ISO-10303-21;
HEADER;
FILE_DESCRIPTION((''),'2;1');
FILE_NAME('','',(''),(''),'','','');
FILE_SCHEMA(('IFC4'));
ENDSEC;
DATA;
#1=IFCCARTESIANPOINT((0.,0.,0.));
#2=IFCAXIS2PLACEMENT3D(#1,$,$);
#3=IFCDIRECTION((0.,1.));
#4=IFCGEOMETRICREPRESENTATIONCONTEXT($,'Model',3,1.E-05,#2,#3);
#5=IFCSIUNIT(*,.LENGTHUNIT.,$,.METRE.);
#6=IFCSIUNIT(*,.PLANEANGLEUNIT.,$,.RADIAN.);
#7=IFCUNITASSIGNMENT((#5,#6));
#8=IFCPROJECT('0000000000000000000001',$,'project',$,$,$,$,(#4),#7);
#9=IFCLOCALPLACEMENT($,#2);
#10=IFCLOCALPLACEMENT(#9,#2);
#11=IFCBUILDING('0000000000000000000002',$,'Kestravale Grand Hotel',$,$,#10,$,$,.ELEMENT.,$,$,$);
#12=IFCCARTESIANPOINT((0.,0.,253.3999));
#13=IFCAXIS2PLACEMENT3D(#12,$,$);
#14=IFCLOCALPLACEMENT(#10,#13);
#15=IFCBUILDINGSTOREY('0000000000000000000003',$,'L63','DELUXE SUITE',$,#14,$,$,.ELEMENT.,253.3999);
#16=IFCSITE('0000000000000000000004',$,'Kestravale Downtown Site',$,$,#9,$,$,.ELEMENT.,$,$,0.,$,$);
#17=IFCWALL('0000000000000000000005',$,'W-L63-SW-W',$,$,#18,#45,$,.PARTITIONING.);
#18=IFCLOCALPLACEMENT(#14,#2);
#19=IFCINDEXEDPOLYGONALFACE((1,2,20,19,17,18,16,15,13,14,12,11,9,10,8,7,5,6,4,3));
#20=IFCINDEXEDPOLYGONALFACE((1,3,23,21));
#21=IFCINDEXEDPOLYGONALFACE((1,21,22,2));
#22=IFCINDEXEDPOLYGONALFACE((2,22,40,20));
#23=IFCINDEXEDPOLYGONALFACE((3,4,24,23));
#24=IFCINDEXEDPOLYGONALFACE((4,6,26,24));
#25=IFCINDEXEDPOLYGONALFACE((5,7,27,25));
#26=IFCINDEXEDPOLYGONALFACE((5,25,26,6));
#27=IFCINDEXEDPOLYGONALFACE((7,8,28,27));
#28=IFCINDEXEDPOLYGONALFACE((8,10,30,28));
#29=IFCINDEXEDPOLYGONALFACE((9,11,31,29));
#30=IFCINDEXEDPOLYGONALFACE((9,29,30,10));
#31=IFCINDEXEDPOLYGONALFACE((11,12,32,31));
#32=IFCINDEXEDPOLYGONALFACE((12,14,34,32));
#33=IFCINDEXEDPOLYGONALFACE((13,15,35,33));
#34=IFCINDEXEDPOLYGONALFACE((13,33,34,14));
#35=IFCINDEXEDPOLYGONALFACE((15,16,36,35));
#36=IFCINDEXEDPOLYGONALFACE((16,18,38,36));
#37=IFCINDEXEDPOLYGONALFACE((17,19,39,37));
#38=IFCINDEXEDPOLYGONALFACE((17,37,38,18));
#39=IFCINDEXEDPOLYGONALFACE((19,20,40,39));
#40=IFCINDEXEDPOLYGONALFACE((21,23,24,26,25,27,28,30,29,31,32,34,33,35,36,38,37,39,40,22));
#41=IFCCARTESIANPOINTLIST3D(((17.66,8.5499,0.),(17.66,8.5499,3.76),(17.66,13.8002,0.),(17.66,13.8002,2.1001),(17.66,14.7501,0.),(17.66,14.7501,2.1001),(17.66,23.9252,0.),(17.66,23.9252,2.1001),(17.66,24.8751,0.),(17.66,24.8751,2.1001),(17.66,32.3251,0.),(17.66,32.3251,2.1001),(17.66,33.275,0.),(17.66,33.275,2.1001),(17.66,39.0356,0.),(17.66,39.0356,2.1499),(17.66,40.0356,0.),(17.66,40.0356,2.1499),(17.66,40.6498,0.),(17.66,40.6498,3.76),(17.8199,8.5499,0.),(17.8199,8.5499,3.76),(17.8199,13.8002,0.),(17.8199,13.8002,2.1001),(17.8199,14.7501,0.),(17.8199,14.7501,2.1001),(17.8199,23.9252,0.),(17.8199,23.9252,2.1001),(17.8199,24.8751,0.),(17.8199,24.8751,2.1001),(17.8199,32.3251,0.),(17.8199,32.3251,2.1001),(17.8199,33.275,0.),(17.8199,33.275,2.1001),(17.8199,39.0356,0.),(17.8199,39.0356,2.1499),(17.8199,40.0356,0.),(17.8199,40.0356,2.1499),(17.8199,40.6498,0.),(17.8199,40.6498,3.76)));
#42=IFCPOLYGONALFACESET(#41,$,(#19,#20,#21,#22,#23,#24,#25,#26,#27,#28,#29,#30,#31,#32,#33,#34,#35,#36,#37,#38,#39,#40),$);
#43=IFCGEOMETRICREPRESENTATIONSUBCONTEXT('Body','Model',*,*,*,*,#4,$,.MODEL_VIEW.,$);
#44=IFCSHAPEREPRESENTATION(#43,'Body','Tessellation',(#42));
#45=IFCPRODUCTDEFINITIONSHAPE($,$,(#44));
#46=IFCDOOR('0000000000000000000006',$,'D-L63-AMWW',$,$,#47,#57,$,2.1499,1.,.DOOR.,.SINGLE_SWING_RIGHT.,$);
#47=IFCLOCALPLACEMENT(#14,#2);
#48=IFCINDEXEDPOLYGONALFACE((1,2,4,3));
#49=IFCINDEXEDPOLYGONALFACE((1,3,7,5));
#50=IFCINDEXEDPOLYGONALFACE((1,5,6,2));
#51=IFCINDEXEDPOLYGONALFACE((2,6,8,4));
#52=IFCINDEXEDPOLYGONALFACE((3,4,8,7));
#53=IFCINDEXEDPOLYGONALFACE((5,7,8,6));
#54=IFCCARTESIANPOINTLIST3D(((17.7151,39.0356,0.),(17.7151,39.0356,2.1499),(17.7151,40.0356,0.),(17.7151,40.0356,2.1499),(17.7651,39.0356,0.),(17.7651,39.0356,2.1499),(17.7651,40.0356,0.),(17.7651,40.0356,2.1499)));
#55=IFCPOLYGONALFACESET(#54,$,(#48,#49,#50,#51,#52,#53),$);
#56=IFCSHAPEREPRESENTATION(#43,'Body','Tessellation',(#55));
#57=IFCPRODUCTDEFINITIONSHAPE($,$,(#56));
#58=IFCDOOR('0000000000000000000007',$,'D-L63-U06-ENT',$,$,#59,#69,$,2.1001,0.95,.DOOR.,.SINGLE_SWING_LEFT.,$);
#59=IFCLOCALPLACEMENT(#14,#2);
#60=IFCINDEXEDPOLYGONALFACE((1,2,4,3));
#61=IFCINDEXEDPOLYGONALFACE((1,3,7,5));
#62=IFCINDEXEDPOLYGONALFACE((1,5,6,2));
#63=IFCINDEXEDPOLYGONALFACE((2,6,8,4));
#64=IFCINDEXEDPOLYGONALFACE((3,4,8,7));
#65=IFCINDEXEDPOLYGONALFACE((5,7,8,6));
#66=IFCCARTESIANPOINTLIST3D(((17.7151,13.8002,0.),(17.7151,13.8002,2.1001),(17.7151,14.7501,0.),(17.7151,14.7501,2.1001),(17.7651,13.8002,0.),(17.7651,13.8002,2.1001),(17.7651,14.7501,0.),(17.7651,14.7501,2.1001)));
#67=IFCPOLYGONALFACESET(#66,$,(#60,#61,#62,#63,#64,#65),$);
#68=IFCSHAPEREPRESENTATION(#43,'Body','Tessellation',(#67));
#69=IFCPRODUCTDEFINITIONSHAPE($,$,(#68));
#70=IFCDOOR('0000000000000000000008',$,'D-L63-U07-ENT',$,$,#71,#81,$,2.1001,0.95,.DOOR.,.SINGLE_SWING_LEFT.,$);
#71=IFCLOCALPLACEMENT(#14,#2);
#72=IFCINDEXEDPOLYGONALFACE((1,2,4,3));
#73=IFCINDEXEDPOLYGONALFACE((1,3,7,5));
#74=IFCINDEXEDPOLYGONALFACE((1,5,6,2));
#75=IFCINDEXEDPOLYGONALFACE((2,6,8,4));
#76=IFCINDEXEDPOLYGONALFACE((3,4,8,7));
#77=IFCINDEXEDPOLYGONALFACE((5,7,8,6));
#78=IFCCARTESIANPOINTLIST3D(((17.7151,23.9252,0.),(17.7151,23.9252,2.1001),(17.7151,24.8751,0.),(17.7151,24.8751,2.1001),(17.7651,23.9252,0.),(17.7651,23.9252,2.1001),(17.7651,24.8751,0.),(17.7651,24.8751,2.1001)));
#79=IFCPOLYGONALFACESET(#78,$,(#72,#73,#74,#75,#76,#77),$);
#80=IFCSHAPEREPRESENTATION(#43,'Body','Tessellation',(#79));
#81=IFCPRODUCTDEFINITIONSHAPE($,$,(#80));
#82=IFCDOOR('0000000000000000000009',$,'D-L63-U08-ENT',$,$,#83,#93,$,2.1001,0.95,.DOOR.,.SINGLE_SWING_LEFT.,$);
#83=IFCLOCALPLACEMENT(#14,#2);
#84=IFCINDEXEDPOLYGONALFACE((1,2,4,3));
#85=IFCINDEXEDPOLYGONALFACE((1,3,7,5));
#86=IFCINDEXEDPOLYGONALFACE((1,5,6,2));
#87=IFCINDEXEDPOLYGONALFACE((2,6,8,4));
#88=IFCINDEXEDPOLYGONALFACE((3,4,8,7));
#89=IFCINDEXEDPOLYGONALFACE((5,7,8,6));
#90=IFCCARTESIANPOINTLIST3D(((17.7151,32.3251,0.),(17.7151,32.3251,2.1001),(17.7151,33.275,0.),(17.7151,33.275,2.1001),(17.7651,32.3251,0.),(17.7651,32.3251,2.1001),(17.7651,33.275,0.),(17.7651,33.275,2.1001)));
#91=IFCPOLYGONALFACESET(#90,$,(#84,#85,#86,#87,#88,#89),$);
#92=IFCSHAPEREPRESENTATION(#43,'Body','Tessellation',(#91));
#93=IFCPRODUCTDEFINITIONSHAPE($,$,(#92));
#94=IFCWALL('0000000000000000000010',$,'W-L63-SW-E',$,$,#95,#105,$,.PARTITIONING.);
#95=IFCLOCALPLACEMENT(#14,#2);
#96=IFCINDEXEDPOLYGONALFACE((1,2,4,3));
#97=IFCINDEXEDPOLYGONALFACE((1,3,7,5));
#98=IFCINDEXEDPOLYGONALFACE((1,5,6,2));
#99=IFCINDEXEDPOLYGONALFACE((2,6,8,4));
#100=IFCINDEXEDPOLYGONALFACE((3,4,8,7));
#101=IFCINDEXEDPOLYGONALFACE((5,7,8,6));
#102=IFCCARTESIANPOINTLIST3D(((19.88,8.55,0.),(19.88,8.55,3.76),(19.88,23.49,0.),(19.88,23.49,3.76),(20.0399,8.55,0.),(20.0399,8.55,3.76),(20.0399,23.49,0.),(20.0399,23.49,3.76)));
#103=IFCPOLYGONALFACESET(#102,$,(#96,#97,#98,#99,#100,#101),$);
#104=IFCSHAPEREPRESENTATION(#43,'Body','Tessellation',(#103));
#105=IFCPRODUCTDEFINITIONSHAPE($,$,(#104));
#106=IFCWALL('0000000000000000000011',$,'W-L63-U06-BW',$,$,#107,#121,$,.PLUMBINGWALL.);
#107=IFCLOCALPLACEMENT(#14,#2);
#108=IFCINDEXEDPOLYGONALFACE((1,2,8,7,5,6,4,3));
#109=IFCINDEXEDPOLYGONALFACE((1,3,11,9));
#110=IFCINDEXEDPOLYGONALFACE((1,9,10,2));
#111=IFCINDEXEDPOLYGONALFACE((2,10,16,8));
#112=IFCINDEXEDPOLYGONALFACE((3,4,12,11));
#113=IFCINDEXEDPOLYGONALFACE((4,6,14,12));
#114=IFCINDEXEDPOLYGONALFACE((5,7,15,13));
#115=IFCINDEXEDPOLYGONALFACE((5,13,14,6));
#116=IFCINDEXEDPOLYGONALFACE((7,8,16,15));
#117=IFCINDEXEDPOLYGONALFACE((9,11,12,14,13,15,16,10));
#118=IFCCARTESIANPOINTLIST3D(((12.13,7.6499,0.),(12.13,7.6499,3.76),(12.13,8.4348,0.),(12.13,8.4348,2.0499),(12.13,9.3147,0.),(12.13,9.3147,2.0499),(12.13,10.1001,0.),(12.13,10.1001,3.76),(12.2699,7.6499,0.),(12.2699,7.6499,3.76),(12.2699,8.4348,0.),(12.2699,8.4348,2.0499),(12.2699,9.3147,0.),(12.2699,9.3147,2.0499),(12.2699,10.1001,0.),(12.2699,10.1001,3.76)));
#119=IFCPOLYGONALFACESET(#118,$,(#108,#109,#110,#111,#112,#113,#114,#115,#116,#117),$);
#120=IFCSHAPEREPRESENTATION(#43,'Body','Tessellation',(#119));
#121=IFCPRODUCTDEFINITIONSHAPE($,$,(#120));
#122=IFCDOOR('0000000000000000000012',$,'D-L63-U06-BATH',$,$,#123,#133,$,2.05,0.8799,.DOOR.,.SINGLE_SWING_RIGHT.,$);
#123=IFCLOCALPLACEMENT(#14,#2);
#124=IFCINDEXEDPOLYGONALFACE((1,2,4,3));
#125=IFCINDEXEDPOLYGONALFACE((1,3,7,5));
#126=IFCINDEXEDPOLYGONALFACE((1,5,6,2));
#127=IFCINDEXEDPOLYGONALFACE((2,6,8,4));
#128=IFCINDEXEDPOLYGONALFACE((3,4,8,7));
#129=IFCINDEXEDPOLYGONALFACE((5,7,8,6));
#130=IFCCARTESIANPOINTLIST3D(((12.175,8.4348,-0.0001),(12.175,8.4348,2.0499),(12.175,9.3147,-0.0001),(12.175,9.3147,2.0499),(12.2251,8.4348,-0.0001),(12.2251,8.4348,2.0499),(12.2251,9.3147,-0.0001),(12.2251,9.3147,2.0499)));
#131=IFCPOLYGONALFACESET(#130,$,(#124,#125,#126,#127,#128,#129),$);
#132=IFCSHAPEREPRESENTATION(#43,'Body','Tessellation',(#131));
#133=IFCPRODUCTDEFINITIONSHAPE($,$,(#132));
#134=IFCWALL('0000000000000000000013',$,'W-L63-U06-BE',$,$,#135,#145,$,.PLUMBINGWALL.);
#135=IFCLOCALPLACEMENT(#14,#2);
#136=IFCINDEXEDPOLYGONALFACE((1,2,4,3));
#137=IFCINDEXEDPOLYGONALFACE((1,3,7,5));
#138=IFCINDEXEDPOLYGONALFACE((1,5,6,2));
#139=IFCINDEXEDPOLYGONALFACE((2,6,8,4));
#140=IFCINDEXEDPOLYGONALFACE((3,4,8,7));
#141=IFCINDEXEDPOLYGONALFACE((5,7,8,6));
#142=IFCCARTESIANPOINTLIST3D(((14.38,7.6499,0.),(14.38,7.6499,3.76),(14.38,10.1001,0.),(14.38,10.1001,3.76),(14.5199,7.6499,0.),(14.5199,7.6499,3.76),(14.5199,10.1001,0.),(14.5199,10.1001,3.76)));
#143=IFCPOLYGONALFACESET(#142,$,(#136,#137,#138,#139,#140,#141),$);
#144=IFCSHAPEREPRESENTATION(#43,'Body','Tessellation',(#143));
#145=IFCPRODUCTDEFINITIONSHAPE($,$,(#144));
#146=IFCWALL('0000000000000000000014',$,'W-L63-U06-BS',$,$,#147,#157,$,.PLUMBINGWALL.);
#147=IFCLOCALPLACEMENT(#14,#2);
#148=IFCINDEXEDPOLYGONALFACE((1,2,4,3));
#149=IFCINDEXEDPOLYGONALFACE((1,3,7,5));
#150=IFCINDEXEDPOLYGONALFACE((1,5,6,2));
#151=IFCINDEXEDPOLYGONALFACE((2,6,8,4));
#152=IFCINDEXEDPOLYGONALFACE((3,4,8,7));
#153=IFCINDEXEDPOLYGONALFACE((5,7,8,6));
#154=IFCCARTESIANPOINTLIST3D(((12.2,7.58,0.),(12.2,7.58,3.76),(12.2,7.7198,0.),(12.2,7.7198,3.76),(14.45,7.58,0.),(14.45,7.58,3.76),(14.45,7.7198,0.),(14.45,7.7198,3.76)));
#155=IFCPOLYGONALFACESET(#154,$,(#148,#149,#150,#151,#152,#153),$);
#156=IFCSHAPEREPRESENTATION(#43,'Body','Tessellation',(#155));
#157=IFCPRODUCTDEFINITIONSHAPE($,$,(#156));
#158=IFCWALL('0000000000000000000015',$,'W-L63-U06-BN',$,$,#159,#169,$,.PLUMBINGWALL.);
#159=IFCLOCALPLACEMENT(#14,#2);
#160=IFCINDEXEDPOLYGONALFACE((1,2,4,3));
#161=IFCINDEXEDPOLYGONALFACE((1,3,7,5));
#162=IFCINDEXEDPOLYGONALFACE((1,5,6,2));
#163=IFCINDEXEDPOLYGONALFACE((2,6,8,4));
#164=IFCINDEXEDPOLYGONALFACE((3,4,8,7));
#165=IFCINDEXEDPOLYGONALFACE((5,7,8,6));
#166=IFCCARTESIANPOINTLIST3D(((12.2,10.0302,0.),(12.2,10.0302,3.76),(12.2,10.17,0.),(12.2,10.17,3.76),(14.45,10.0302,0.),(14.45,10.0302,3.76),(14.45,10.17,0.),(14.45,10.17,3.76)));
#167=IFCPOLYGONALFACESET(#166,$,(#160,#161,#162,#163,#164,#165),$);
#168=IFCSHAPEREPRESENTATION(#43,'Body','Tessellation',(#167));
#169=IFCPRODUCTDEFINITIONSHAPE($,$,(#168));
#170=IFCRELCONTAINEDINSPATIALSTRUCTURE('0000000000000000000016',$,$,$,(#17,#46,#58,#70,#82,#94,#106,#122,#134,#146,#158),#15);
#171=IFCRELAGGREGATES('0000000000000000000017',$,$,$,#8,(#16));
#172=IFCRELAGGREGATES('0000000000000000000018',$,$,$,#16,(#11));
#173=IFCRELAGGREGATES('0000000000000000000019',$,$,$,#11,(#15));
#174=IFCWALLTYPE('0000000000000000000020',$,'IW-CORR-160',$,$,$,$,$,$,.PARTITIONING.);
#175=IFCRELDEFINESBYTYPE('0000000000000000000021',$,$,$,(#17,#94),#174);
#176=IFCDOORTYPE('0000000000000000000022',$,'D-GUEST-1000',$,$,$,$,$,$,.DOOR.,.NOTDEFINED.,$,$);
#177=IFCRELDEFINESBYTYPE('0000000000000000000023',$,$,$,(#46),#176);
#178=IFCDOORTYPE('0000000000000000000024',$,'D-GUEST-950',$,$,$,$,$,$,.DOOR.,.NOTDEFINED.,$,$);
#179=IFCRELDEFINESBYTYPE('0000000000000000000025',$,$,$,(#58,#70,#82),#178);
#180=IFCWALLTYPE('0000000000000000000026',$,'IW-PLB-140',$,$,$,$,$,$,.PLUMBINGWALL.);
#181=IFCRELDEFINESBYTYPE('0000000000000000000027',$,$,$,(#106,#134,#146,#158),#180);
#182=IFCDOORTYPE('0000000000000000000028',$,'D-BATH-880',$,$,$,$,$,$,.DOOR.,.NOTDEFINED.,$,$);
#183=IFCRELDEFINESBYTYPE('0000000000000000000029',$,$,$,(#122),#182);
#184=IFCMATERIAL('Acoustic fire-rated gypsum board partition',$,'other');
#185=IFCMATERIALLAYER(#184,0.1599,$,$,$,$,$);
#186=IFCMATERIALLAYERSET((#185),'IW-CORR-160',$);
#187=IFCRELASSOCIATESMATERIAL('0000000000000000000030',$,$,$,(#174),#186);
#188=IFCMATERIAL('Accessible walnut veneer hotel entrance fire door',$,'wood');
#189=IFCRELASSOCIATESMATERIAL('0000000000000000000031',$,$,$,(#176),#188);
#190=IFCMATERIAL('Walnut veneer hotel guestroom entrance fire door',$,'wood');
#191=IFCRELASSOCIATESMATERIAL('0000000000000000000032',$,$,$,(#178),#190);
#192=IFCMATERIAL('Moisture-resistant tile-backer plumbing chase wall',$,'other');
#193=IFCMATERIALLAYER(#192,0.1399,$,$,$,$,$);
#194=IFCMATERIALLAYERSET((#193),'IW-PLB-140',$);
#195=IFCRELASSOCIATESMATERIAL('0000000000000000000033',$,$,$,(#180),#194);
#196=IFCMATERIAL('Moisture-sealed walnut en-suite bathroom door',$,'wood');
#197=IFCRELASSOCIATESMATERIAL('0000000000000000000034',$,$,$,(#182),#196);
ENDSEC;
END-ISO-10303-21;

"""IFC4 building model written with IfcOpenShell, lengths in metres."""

from ifc_helpers import new_model, si_unit, direction, frame, frame_2d, origin, place, context, subcontext, project, spatial, rectangle, extrude, material, layer, layer_set, type_object, element, fill, save


model = new_model("IFC4")

# Units and contexts
model_context = context("Model", 3, precision=1e-05, world=origin(), true_north=direction((0.0, 1.0)))
body_context = subcontext(model_context, "Body", "Model", "MODEL_VIEW")
ifc_project = project(units=[si_unit("LENGTHUNIT", "METRE"), si_unit("PLANEANGLEUNIT", "RADIAN")], contexts=[model_context])

# Site, building, storey
site_placement = place(None, origin())
site = spatial("IfcSite", under=ifc_project, at=site_placement, Name="Kestravale Downtown Site", CompositionType="ELEMENT", RefElevation=0.0)
building_placement = place(site_placement, origin())
building = spatial("IfcBuilding", under=site, at=building_placement, Name="Kestravale Grand Hotel", CompositionType="ELEMENT")
storey_placement = place(building_placement, frame((0.0, 0.0, 253.3999)))
storey = spatial("IfcBuildingStorey", under=building, at=storey_placement, Name="L63", Description="DELUXE SUITE", CompositionType="ELEMENT", Elevation=253.3999)

# Wall, openings, doors
ifc_material_1 = material(Name="Acoustic fire-rated gypsum board partition", Category="other")
ifc_layer_1 = layer(ifc_material_1, 0.1599)
ifc_layer_set_1 = layer_set([ifc_layer_1], Name="IW-CORR-160")
wall_type_1 = type_object("IfcWallType", Name="IW-CORR-160", PredefinedType="PARTITIONING", material=ifc_layer_set_1)
wall_1_placement = place(storey_placement, frame((17.74, 8.55, 0.0), z_axis=(0.0, 0.0, 1.0), x_axis=(0.0, 1.0, 0.0)))
wall_1 = element("IfcWall", 1, at=wall_1_placement, inside=storey, type_object=wall_type_1, Name="W-L63-SW-W", PredefinedType="PARTITIONING", context=body_context, shape_type="SweptSolid", body=[
    extrude(rectangle(XDim=32.0999, YDim=0.1599, at=frame_2d((16.0498, 0.0))), origin(), (0.0, 0.0, 1.0), 3.76),
])
opening_1_placement = place(wall_1_placement, frame((5.25, 0.0, 0.0)))
opening_1 = element("IfcOpeningElement", 2, at=opening_1_placement, cuts=wall_1, PredefinedType="OPENING", context=body_context, shape_type="SweptSolid", body=[
    extrude(rectangle(XDim=0.95, YDim=2.1001, at=frame_2d((0.4751, 1.05))), frame((0.0, 0.0898, 0.0), z_axis=(0.0, -1.0, 0.0), x_axis=(1.0, 0.0, 0.0)), (0.0, 0.0, 1.0), 0.1799),
])
opening_2_placement = place(wall_1_placement, frame((15.375, 0.0, 0.0)))
opening_2 = element("IfcOpeningElement", 3, at=opening_2_placement, cuts=wall_1, PredefinedType="OPENING", context=body_context, shape_type="SweptSolid", body=[
    extrude(rectangle(XDim=0.95, YDim=2.1001, at=frame_2d((0.4751, 1.05))), frame((0.0, 0.0898, 0.0), z_axis=(0.0, -1.0, 0.0), x_axis=(1.0, 0.0, 0.0)), (0.0, 0.0, 1.0), 0.1799),
])
opening_3_placement = place(wall_1_placement, frame((23.7749, 0.0, 0.0)))
opening_3 = element("IfcOpeningElement", 4, at=opening_3_placement, cuts=wall_1, PredefinedType="OPENING", context=body_context, shape_type="SweptSolid", body=[
    extrude(rectangle(XDim=0.95, YDim=2.1001, at=frame_2d((0.4751, 1.05))), frame((0.0, 0.0898, 0.0), z_axis=(0.0, -1.0, 0.0), x_axis=(1.0, 0.0, 0.0)), (0.0, 0.0, 1.0), 0.1799),
])
opening_4_placement = place(wall_1_placement, frame((30.4856, 0.0, 0.0)))
opening_4 = element("IfcOpeningElement", 5, at=opening_4_placement, cuts=wall_1, PredefinedType="OPENING", context=body_context, shape_type="SweptSolid", body=[
    extrude(rectangle(XDim=1.0, YDim=2.1499, at=frame_2d((0.5, 1.075))), frame((0.0, 0.0898, 0.0), z_axis=(0.0, -1.0, 0.0), x_axis=(1.0, 0.0, 0.0)), (0.0, 0.0, 1.0), 0.1799),
])
ifc_material_2 = material(Name="Accessible walnut veneer hotel entrance fire door", Category="wood")
door_type_1 = type_object("IfcDoorType", Name="D-GUEST-1000", OperationType="NOTDEFINED", PredefinedType="DOOR", material=ifc_material_2)
door_1_placement = place(opening_4_placement, origin())
door_1 = element("IfcDoor", 6, at=door_1_placement, inside=storey, type_object=door_type_1, Name="D-L63-AMWW", OperationType="SINGLE_SWING_RIGHT", OverallHeight=2.1499, OverallWidth=1.0, PredefinedType="DOOR", context=body_context, shape_type="SweptSolid", body=[
    extrude(rectangle(XDim=1.0, YDim=2.1499, at=frame_2d((0.5, 1.075))), frame((0.0, 0.0249, 0.0), z_axis=(0.0, -1.0, 0.0), x_axis=(1.0, 0.0, 0.0)), (0.0, 0.0, 1.0), 0.05),
])
fill(opening_4, door_1)
ifc_material_3 = material(Name="Walnut veneer hotel guestroom entrance fire door", Category="wood")
door_type_2 = type_object("IfcDoorType", Name="D-GUEST-950", OperationType="NOTDEFINED", PredefinedType="DOOR", material=ifc_material_3)
door_2_placement = place(opening_1_placement, origin())
door_2 = element("IfcDoor", 7, at=door_2_placement, inside=storey, type_object=door_type_2, Name="D-L63-U06-ENT", OperationType="SINGLE_SWING_LEFT", OverallHeight=2.1001, OverallWidth=0.95, PredefinedType="DOOR", context=body_context, shape_type="SweptSolid", body=[
    extrude(rectangle(XDim=0.95, YDim=2.1001, at=frame_2d((0.4751, 1.05))), frame((0.0, 0.0249, 0.0), z_axis=(0.0, -1.0, 0.0), x_axis=(1.0, 0.0, 0.0)), (0.0, 0.0, 1.0), 0.05),
])
fill(opening_1, door_2)
door_3_placement = place(opening_2_placement, origin())
door_3 = element("IfcDoor", 8, at=door_3_placement, inside=storey, type_object=door_type_2, Name="D-L63-U07-ENT", OperationType="SINGLE_SWING_LEFT", OverallHeight=2.1001, OverallWidth=0.95, PredefinedType="DOOR", context=body_context, shape_type="SweptSolid", body=[
    extrude(rectangle(XDim=0.95, YDim=2.1001, at=frame_2d((0.4751, 1.05))), frame((0.0, 0.0249, 0.0), z_axis=(0.0, -1.0, 0.0), x_axis=(1.0, 0.0, 0.0)), (0.0, 0.0, 1.0), 0.05),
])
fill(opening_2, door_3)
door_4_placement = place(opening_3_placement, origin())
door_4 = element("IfcDoor", 9, at=door_4_placement, inside=storey, type_object=door_type_2, Name="D-L63-U08-ENT", OperationType="SINGLE_SWING_LEFT", OverallHeight=2.1001, OverallWidth=0.95, PredefinedType="DOOR", context=body_context, shape_type="SweptSolid", body=[
    extrude(rectangle(XDim=0.95, YDim=2.1001, at=frame_2d((0.4751, 1.05))), frame((0.0, 0.0249, 0.0), z_axis=(0.0, -1.0, 0.0), x_axis=(1.0, 0.0, 0.0)), (0.0, 0.0, 1.0), 0.05),
])
fill(opening_3, door_4)

# Wall
wall_2_placement = place(storey_placement, frame((19.96, 8.55, 0.0), z_axis=(0.0, 0.0, 1.0), x_axis=(0.0, 1.0, 0.0)))
element("IfcWall", 10, at=wall_2_placement, inside=storey, type_object=wall_type_1, Name="W-L63-SW-E", PredefinedType="PARTITIONING", context=body_context, shape_type="SweptSolid", body=[
    extrude(rectangle(XDim=14.9399, YDim=0.1599, at=frame_2d((7.47, 0.0))), origin(), (0.0, 0.0, 1.0), 3.76),
])

# Wall, opening, door
ifc_material_4 = material(Name="Moisture-resistant tile-backer plumbing chase wall", Category="other")
ifc_layer_2 = layer(ifc_material_4, 0.1399)
ifc_layer_set_2 = layer_set([ifc_layer_2], Name="IW-PLB-140")
wall_type_2 = type_object("IfcWallType", Name="IW-PLB-140", PredefinedType="PLUMBINGWALL", material=ifc_layer_set_2)
wall_3_placement = place(storey_placement, frame((12.2, 7.6499, 0.0), z_axis=(0.0, 0.0, 1.0), x_axis=(0.0, 1.0, 0.0)))
wall_3 = element("IfcWall", 11, at=wall_3_placement, inside=storey, type_object=wall_type_2, Name="W-L63-U06-BW", PredefinedType="PLUMBINGWALL", context=body_context, shape_type="SweptSolid", body=[
    extrude(rectangle(XDim=2.4502, YDim=0.1399, at=frame_2d((1.2251, 0.0))), origin(), (0.0, 0.0, 1.0), 3.76),
])
opening_5_placement = place(wall_3_placement, frame((0.7849, 0.0, 0.0)))
opening_5 = element("IfcOpeningElement", 12, at=opening_5_placement, cuts=wall_3, PredefinedType="OPENING", context=body_context, shape_type="SweptSolid", body=[
    extrude(rectangle(XDim=0.8799, YDim=2.05, at=frame_2d((0.4399, 1.0249))), frame((0.0, 0.0798, 0.0), z_axis=(0.0, -1.0, 0.0), x_axis=(1.0, 0.0, 0.0)), (0.0, 0.0, 1.0), 0.1599),
])
ifc_material_5 = material(Name="Moisture-sealed walnut en-suite bathroom door", Category="wood")
door_type_3 = type_object("IfcDoorType", Name="D-BATH-880", OperationType="NOTDEFINED", PredefinedType="DOOR", material=ifc_material_5)
door_5_placement = place(opening_5_placement, origin())
door_5 = element("IfcDoor", 13, at=door_5_placement, inside=storey, type_object=door_type_3, Name="D-L63-U06-BATH", OperationType="SINGLE_SWING_RIGHT", OverallHeight=2.05, OverallWidth=0.8799, PredefinedType="DOOR", context=body_context, shape_type="SweptSolid", body=[
    extrude(rectangle(XDim=0.8799, YDim=2.05, at=frame_2d((0.4399, 1.0249))), frame((0.0, 0.0249, 0.0), z_axis=(0.0, -1.0, 0.0), x_axis=(1.0, 0.0, 0.0)), (0.0, 0.0, 1.0), 0.05),
])
fill(opening_5, door_5)

# Walls
wall_4_placement = place(storey_placement, frame((14.45, 7.6499, 0.0), z_axis=(0.0, 0.0, 1.0), x_axis=(0.0, 1.0, 0.0)))
element("IfcWall", 14, at=wall_4_placement, inside=storey, type_object=wall_type_2, Name="W-L63-U06-BE", PredefinedType="PLUMBINGWALL", context=body_context, shape_type="SweptSolid", body=[
    extrude(rectangle(XDim=2.4502, YDim=0.1399, at=frame_2d((1.2251, 0.0))), origin(), (0.0, 0.0, 1.0), 3.76),
])
for number, where, z_axis, x_axis, name in (
    (15, (12.2, 7.6499, 0.0), (0.0, 0.0, 1.0), (1.0, 0.0, 0.0), "W-L63-U06-BS"),
    (16, (12.2, 10.1001, 0.0), (0.0, 0.0, 1.0), (1.0, 0.0, 0.0), "W-L63-U06-BN"),
):
    element("IfcWall", number, at=place(storey_placement, frame(where, z_axis=z_axis, x_axis=x_axis)), inside=storey, type_object=wall_type_2, Name=name, PredefinedType="PLUMBINGWALL", context=body_context, shape_type="SweptSolid", body=[
        extrude(rectangle(XDim=2.25, YDim=0.1399, at=frame_2d((1.125, 0.0))), origin(), (0.0, 0.0, 1.0), 3.76),
    ])

save(model, "model.ifc")
